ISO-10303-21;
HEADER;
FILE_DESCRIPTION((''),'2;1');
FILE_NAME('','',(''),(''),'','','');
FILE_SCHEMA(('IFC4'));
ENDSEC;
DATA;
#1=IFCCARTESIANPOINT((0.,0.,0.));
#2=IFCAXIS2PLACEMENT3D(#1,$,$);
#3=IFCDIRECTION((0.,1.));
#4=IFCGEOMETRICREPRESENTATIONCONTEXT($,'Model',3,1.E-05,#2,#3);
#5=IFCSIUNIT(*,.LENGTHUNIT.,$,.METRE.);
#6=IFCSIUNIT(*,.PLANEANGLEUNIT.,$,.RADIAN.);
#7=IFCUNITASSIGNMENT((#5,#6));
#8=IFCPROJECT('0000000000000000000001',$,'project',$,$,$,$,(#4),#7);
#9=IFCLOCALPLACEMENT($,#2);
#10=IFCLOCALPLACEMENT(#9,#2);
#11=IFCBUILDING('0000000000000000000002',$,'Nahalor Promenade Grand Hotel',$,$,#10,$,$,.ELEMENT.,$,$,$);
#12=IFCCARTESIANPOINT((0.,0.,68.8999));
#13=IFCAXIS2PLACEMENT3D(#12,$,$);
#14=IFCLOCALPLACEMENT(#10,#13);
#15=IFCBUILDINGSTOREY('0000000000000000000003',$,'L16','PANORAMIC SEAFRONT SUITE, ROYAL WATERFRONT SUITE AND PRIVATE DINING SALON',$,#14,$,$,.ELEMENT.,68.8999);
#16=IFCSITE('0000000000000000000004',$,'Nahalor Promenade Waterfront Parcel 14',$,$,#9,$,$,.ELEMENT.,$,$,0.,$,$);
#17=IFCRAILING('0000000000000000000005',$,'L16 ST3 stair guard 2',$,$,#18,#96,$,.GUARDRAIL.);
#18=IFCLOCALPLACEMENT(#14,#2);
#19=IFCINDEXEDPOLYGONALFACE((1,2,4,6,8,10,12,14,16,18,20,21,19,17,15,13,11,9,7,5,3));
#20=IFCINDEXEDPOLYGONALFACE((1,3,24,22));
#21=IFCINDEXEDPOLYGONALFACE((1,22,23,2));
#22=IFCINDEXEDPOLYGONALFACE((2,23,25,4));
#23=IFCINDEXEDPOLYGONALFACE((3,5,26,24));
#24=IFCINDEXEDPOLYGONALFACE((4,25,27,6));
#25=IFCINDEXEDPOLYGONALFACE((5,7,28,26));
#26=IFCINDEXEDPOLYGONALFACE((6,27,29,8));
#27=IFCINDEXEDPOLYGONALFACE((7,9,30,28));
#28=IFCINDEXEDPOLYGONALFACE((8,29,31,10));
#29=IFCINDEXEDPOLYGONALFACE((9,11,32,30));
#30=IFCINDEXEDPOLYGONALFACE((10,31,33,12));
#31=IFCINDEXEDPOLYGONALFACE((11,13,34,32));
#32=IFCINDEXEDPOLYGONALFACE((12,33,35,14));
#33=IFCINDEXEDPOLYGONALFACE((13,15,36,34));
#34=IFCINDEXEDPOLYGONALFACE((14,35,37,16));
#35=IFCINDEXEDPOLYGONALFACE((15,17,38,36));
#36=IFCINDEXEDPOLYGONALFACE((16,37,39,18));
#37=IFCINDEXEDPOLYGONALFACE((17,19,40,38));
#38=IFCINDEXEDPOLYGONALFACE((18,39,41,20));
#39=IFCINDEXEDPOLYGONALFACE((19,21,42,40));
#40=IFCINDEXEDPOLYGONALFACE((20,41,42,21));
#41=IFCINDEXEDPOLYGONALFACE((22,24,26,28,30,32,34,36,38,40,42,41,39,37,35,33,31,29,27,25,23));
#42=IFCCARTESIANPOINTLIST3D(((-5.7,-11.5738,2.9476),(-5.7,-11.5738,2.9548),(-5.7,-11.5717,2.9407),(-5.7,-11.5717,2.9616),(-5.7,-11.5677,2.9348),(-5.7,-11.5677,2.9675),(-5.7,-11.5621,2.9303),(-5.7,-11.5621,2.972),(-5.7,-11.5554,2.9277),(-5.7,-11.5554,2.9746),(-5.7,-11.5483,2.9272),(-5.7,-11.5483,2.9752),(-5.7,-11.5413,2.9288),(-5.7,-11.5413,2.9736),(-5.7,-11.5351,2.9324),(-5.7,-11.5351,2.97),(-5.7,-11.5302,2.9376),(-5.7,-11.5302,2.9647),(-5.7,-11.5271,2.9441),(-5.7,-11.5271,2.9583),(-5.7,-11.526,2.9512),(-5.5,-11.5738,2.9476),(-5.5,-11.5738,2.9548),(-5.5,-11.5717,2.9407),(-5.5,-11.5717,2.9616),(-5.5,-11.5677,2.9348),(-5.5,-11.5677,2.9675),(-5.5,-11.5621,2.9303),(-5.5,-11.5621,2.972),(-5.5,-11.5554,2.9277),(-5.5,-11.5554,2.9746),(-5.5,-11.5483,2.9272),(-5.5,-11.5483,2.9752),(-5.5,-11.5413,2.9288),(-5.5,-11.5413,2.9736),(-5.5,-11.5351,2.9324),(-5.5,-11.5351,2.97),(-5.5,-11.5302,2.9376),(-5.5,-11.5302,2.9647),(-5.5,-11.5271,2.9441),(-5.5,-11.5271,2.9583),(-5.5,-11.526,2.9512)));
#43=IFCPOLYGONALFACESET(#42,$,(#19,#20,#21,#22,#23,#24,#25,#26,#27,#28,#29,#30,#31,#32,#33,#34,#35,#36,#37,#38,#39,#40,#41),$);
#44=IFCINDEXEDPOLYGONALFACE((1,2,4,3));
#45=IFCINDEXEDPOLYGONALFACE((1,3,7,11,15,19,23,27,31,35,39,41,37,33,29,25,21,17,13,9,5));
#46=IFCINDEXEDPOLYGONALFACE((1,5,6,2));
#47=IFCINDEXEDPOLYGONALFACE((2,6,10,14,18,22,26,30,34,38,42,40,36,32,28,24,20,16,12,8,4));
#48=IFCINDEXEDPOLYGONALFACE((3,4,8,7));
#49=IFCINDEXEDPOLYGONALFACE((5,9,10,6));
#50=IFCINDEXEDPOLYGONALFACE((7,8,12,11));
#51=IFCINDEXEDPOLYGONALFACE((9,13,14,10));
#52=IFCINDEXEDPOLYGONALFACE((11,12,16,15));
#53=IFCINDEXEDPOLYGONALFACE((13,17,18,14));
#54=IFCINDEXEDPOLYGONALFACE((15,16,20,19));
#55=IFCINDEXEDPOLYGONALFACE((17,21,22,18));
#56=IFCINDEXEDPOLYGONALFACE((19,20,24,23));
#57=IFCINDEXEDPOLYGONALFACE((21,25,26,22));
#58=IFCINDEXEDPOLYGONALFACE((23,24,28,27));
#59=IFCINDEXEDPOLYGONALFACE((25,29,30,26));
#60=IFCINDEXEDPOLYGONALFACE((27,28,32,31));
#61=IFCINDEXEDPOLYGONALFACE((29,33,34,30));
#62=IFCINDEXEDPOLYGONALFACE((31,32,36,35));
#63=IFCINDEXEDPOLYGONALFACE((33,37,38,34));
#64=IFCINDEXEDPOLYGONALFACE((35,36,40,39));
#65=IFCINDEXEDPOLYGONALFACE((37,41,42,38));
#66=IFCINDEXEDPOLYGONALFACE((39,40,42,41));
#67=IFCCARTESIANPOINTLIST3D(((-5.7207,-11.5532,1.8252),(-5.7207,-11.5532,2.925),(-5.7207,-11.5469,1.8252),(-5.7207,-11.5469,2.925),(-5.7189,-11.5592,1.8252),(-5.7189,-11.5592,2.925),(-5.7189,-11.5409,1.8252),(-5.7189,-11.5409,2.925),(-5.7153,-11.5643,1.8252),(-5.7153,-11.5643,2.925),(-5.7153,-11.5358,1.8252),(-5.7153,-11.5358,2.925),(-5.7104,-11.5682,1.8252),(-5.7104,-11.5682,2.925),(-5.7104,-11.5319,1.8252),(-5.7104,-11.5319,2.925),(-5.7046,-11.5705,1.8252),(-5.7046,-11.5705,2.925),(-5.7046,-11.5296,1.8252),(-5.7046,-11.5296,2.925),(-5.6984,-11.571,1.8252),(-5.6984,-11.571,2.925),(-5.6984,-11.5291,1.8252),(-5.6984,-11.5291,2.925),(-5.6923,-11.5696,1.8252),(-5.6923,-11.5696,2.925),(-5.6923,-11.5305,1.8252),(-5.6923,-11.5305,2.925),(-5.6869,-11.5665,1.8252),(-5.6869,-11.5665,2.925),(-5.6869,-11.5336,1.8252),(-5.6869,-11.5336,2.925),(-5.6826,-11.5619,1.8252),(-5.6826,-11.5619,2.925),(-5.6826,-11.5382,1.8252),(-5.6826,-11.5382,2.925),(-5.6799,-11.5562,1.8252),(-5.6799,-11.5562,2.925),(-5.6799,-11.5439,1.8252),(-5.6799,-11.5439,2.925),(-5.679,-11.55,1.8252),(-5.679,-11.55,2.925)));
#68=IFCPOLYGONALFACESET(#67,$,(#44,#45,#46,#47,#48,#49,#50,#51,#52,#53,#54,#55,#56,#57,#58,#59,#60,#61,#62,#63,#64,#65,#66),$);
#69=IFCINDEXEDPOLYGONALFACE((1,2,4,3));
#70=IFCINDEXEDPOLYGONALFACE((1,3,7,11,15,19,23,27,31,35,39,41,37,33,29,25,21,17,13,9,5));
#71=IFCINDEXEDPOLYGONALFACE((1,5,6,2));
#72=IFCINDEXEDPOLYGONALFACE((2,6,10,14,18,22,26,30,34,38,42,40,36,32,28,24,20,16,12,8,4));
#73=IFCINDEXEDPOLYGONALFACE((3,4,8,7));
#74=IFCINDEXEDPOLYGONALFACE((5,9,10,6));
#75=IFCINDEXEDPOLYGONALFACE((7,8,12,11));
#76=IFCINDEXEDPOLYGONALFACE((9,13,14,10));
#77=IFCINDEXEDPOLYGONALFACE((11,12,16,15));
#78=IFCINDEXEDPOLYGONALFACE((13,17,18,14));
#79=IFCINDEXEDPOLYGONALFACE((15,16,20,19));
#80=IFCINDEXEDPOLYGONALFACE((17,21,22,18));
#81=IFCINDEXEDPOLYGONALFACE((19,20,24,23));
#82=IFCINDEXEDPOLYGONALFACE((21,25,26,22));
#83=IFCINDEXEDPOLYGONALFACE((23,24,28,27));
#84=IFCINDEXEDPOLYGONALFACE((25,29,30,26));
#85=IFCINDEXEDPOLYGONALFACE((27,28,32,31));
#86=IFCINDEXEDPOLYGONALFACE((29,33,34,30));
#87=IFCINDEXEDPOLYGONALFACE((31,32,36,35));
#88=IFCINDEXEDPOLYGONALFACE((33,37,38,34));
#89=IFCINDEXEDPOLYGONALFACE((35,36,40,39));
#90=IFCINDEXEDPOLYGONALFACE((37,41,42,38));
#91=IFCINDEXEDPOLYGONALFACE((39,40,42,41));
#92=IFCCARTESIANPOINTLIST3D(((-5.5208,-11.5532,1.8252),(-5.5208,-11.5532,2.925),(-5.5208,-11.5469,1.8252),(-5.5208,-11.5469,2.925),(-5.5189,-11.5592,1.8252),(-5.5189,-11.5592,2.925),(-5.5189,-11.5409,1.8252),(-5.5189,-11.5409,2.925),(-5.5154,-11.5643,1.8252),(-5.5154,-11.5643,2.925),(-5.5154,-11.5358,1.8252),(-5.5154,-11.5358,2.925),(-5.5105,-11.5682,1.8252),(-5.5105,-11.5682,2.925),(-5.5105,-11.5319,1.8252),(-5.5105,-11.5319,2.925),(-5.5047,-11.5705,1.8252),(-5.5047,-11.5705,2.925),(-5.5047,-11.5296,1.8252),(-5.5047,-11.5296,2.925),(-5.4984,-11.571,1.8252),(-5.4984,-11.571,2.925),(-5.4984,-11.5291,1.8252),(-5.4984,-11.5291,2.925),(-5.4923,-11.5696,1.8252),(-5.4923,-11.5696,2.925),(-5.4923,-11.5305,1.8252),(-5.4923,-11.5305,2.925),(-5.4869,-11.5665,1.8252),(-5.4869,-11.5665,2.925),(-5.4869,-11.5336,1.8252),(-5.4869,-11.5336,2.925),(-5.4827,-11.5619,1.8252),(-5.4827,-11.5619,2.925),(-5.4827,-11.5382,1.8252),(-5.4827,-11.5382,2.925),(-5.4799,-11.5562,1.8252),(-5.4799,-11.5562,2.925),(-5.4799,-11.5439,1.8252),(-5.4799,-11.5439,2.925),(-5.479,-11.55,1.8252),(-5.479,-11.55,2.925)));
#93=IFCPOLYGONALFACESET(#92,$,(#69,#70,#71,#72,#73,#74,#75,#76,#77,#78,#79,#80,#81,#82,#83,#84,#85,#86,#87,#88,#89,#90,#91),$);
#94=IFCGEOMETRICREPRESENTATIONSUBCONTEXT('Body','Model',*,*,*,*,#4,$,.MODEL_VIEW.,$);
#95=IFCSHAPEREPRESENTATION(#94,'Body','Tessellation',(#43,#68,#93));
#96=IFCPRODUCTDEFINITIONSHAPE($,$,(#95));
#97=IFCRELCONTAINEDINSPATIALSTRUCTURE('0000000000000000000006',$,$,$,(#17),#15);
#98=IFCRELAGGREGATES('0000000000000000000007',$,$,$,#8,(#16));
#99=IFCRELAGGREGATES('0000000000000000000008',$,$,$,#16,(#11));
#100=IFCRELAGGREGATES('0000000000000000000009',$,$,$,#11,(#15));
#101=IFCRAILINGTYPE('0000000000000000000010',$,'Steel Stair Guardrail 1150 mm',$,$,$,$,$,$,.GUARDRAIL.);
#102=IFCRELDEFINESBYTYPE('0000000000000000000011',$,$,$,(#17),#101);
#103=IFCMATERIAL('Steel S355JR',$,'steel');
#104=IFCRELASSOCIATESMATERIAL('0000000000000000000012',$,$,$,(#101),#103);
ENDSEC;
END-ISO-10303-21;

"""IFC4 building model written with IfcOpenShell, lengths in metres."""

from ifc_helpers import new_model, si_unit, direction, frame, origin, origin_2d, place, context, subcontext, project, spatial, circle, extrude, material, type_object, element, save


model = new_model("IFC4")

# Units and contexts
model_context = context("Model", 3, precision=1e-05, world=origin(), true_north=direction((0.0, 1.0)))
body_context = subcontext(model_context, "Body", "Model", "MODEL_VIEW")
ifc_project = project(units=[si_unit("LENGTHUNIT", "METRE"), si_unit("PLANEANGLEUNIT", "RADIAN")], contexts=[model_context])

# Site, building, storey
site_placement = place(None, origin())
site = spatial("IfcSite", under=ifc_project, at=site_placement, Name="Nahalor Promenade Waterfront Parcel 14", CompositionType="ELEMENT", RefElevation=0.0)
building_placement = place(site_placement, origin())
building = spatial("IfcBuilding", under=site, at=building_placement, Name="Nahalor Promenade Grand Hotel", CompositionType="ELEMENT")
storey_placement = place(building_placement, frame((0.0, 0.0, 68.8999)))
storey = spatial("IfcBuildingStorey", under=building, at=storey_placement, Name="L16", Description="PANORAMIC SEAFRONT SUITE, ROYAL WATERFRONT SUITE AND PRIVATE DINING SALON", CompositionType="ELEMENT", Elevation=68.8999)

# Shared definitions
ifc_material_1 = material(Name="Steel S355JR", Category="steel")

# Railing
railing_type_1 = type_object("IfcRailingType", Name="Steel Stair Guardrail 1150 mm", PredefinedType="GUARDRAIL", material=ifc_material_1)
railing_1_placement = place(storey_placement, frame((-5.7, -11.55, 1.8252)))
element("IfcRailing", 1, at=railing_1_placement, inside=storey, type_object=railing_type_1, Name="L16 ST3 stair guard 2", PredefinedType="GUARDRAIL", context=body_context, shape_type="SweptSolid", body=[
    extrude(circle(Radius=0.024, at=origin_2d()), frame((0.0, 0.0, 1.126), z_axis=(1.0, 0.0, 0.0), x_axis=(0.0, 1.0, 0.0)), (0.0, 0.0, 1.0), 0.2),
    extrude(circle(Radius=0.021, at=origin_2d()), origin(), (0.0, 0.0, 1.0), 1.0999),
    extrude(circle(Radius=0.021, at=origin_2d()), frame((0.2, 0.0, 0.0)), (0.0, 0.0, 1.0), 1.0999),
])

save(model, "model.ifc")
